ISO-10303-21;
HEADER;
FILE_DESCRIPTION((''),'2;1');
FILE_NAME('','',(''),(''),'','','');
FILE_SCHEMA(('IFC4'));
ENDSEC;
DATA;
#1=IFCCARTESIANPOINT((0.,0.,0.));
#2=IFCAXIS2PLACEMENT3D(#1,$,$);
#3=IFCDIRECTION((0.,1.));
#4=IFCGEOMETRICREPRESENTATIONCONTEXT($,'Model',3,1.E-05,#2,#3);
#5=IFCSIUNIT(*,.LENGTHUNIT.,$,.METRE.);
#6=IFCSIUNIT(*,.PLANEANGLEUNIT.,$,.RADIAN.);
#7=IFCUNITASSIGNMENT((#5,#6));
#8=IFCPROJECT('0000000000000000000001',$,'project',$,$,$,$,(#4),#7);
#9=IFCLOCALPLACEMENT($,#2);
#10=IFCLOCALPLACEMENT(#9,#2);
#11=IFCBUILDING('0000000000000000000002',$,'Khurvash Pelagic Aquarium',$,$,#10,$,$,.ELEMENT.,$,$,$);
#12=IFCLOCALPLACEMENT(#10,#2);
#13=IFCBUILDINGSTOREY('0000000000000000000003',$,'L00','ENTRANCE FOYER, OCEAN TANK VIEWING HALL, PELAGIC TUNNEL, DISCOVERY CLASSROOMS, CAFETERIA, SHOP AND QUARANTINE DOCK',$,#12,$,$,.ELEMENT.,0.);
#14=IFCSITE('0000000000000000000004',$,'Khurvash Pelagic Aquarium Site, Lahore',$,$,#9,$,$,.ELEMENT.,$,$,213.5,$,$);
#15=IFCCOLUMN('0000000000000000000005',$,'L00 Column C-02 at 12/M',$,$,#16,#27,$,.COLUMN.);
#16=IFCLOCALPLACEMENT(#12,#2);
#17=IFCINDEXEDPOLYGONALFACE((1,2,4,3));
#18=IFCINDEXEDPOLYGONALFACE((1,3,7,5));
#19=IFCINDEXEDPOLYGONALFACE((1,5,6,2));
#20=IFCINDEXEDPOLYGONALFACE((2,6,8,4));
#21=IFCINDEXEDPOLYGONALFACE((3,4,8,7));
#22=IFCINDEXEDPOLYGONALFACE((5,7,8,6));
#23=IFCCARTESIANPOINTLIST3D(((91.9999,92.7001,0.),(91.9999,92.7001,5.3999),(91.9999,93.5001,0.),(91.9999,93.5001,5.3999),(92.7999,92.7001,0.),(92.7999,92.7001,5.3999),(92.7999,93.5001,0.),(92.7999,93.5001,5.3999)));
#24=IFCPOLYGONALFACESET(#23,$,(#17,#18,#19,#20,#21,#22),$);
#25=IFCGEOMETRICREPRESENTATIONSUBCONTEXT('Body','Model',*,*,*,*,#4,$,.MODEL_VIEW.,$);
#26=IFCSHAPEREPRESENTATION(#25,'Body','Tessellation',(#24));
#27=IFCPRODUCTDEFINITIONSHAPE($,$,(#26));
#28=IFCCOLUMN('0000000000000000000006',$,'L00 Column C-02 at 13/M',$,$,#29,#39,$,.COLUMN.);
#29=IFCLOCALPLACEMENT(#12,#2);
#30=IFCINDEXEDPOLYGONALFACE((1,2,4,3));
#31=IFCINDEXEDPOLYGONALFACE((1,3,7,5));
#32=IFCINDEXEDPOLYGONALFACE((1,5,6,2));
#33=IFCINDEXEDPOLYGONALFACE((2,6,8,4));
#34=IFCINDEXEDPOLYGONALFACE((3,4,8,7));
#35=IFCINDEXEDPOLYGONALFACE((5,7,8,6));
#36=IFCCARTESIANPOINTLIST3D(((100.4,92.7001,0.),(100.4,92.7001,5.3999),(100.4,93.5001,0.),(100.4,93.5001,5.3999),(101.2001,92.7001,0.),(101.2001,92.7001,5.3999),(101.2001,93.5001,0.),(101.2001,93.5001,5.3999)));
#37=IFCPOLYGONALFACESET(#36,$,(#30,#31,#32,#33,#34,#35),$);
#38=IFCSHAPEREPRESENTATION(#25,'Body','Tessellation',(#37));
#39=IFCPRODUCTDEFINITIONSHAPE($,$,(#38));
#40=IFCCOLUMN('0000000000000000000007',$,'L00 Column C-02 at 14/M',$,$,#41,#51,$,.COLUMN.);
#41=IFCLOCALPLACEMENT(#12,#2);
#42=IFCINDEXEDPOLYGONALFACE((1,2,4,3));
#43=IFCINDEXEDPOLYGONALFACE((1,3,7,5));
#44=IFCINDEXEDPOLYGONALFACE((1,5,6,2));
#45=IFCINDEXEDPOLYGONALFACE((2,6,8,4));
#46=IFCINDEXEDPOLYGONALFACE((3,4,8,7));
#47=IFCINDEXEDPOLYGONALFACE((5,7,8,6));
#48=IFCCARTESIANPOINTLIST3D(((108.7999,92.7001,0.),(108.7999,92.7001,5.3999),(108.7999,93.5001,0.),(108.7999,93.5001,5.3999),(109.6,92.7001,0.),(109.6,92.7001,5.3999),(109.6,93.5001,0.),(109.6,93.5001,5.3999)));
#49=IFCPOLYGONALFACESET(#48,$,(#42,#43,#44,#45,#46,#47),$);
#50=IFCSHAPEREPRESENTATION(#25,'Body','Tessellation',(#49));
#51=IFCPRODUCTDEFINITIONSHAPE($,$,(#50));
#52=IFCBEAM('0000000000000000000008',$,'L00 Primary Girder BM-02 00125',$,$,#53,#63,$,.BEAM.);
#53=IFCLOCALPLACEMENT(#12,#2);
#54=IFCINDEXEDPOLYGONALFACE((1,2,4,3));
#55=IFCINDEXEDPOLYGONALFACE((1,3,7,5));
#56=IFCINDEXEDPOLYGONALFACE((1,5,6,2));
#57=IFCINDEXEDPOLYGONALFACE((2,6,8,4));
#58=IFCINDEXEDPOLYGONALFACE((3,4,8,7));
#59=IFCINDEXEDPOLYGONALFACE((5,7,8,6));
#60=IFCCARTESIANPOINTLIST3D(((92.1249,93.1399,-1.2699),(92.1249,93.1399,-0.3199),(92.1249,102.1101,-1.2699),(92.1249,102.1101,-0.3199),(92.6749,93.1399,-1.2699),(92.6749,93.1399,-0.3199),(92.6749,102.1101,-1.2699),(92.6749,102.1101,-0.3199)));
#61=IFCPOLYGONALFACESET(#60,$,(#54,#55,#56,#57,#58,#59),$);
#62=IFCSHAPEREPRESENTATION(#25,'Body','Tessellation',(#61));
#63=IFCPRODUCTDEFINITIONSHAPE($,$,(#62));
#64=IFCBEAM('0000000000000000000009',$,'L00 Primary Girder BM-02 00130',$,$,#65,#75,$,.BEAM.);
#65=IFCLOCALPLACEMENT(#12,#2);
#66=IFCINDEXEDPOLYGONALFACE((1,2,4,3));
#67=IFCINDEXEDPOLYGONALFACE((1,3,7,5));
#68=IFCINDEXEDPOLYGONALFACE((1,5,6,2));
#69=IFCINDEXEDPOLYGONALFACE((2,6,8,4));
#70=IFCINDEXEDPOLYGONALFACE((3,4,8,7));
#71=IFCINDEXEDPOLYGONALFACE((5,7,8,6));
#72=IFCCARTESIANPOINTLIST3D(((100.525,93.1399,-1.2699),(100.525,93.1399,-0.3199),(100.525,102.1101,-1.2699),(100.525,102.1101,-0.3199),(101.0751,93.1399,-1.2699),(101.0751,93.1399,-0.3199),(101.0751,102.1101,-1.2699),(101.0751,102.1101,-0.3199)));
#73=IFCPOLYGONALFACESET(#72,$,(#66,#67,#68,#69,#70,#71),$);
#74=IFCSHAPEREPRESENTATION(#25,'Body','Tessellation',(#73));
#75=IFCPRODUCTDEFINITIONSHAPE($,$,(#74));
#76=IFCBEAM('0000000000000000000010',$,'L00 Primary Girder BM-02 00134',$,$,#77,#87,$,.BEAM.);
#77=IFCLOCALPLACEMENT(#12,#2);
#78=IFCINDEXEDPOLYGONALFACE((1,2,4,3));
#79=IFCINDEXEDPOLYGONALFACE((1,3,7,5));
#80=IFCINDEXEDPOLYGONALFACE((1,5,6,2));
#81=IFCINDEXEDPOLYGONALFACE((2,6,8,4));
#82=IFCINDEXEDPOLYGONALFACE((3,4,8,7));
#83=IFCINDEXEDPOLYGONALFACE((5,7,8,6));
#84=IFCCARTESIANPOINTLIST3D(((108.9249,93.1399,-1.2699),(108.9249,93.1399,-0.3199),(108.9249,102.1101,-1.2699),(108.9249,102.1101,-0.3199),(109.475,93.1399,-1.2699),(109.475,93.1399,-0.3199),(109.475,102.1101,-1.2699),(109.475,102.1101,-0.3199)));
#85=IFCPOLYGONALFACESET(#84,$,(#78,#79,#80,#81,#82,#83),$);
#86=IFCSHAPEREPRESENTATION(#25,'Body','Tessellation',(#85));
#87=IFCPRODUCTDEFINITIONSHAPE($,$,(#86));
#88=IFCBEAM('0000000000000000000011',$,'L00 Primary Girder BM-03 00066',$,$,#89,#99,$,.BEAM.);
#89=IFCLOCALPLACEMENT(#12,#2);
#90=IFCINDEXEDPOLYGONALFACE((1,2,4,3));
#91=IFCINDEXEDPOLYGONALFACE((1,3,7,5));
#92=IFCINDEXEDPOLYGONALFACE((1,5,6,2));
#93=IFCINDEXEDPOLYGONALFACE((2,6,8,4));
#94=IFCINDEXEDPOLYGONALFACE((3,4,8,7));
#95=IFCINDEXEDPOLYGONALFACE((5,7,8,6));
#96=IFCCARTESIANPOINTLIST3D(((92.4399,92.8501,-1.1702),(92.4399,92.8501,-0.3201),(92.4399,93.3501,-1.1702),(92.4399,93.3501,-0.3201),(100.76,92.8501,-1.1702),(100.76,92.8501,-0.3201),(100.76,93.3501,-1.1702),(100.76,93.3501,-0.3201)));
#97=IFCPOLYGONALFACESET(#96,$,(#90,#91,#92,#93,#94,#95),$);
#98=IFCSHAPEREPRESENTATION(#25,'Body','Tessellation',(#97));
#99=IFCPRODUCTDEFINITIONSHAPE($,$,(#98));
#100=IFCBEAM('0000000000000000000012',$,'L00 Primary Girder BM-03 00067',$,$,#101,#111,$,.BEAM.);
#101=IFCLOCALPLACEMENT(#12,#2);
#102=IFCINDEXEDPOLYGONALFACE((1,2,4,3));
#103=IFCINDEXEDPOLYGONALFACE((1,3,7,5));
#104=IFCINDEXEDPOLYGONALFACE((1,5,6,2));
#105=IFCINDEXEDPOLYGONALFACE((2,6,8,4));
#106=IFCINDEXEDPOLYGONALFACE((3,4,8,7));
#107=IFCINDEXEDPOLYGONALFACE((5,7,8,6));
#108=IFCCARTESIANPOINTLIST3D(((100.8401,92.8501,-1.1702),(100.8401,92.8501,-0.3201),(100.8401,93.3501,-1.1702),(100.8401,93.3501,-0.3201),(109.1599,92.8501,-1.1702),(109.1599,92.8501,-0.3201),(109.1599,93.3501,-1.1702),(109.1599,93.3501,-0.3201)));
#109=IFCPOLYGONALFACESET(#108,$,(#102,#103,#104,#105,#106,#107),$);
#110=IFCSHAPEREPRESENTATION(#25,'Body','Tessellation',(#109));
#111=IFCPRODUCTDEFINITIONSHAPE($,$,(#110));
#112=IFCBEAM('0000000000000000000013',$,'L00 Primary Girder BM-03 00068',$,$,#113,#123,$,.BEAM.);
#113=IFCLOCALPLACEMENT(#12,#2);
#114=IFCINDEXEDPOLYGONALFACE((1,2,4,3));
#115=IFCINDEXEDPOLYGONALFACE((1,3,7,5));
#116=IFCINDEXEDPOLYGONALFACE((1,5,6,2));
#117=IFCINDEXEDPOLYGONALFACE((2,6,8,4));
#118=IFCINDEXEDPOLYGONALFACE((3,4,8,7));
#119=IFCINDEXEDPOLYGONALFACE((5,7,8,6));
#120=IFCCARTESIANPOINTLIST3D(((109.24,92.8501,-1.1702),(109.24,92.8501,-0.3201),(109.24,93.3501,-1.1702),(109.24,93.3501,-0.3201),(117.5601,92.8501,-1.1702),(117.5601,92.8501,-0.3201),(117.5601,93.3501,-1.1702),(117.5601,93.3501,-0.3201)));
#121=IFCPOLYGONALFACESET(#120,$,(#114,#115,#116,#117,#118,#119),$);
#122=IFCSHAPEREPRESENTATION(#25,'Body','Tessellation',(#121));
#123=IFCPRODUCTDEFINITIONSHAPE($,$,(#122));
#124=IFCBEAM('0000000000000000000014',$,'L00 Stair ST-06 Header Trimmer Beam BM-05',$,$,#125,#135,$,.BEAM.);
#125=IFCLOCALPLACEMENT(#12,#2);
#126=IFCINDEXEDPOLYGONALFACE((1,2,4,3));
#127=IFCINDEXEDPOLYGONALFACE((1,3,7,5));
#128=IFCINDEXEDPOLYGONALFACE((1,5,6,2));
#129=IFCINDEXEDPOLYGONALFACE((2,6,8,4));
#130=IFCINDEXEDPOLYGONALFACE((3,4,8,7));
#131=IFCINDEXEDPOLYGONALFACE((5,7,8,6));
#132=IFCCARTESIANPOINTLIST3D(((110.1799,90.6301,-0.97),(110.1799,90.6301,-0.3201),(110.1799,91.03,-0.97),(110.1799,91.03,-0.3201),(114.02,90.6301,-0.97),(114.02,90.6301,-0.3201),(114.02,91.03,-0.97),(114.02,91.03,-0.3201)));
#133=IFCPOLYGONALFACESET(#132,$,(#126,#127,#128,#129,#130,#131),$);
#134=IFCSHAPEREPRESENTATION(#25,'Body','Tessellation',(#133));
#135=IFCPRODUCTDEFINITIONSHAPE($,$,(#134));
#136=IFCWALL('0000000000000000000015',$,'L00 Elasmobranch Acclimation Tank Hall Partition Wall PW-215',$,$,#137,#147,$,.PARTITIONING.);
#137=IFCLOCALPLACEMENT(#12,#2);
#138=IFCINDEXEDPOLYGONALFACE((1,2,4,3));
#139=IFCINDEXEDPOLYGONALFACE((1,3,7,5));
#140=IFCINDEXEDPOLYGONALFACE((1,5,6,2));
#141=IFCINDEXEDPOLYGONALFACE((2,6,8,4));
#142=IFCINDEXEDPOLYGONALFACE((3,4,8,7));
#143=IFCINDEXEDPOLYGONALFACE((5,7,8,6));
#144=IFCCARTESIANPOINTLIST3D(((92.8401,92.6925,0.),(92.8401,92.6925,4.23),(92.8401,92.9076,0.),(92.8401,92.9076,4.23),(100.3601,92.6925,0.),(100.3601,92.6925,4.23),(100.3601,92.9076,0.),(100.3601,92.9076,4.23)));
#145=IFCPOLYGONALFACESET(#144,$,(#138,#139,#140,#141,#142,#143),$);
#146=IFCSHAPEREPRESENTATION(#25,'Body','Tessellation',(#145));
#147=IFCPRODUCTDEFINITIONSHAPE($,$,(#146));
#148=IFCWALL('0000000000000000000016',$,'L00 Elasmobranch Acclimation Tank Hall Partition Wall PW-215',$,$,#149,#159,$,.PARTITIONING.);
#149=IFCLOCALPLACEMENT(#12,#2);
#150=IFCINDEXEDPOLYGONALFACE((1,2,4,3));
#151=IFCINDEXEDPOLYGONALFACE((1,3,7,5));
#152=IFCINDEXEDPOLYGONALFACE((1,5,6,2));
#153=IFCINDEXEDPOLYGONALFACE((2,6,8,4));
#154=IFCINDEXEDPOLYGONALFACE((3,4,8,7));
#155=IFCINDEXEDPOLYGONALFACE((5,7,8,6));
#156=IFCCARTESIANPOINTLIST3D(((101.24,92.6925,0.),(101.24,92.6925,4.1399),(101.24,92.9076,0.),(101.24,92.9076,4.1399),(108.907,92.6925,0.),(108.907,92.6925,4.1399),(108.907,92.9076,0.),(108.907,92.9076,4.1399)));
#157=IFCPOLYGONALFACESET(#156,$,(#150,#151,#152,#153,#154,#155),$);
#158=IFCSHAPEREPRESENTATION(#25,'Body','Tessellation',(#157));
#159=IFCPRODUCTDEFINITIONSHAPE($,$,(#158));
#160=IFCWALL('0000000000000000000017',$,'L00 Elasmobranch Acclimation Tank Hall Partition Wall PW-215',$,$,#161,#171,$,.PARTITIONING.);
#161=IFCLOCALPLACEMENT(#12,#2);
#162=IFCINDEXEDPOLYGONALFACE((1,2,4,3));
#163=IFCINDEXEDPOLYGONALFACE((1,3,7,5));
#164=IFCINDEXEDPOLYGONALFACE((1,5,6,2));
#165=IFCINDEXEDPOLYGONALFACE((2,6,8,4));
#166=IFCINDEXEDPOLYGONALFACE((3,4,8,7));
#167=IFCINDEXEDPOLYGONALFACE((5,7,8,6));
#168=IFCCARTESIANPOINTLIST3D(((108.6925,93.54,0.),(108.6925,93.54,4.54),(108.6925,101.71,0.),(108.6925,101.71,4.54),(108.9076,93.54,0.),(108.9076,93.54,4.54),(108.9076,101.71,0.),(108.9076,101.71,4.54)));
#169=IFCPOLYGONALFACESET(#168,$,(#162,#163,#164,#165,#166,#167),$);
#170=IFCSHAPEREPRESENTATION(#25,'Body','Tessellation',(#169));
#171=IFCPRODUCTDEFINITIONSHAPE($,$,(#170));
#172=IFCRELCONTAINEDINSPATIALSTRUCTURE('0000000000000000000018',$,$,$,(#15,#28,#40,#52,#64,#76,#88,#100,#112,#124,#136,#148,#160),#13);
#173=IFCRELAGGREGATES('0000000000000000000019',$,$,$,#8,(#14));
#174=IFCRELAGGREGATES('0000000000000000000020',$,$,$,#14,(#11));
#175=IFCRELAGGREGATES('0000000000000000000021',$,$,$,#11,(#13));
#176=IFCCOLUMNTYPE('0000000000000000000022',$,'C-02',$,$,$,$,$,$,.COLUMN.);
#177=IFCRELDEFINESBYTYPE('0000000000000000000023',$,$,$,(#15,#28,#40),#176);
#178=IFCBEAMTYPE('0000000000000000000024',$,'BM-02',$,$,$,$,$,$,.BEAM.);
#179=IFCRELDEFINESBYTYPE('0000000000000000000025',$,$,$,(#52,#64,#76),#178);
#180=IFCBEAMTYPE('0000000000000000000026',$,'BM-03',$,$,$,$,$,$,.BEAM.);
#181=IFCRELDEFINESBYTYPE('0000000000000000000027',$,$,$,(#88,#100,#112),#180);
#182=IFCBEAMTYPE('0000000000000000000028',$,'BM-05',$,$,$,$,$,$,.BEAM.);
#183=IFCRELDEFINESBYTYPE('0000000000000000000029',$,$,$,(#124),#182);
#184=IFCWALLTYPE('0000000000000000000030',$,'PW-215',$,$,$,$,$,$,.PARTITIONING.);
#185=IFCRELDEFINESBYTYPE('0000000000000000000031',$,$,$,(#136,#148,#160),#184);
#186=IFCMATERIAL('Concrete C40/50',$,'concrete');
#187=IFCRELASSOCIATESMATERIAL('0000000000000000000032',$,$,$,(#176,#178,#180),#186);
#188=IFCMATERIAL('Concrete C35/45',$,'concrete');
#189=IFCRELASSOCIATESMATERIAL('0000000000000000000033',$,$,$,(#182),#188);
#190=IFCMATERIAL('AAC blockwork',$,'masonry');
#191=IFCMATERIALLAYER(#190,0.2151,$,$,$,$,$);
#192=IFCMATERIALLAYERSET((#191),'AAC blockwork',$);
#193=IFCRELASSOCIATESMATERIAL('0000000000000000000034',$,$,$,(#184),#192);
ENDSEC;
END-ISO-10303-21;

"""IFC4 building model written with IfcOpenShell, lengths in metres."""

from ifc_helpers import new_model, si_unit, direction, frame, frame_2d, origin, origin_2d, place, context, subcontext, project, spatial, rectangle, extrude, material, layer, layer_set, material_profile, profile_set, type_object, element, save


model = new_model("IFC4")

# Units and contexts
model_context = context("Model", 3, precision=1e-05, world=origin(), true_north=direction((0.0, 1.0)))
body_context = subcontext(model_context, "Body", "Model", "MODEL_VIEW")
ifc_project = project(units=[si_unit("LENGTHUNIT", "METRE"), si_unit("PLANEANGLEUNIT", "RADIAN")], contexts=[model_context])

# Site, building, storey
site_placement = place(None, origin())
site = spatial("IfcSite", under=ifc_project, at=site_placement, Name="Khurvash Pelagic Aquarium Site, Lahore", CompositionType="ELEMENT", RefElevation=213.5)
building_placement = place(site_placement, origin())
building = spatial("IfcBuilding", under=site, at=building_placement, Name="Khurvash Pelagic Aquarium", CompositionType="ELEMENT")
storey_placement = place(building_placement, origin())
storey = spatial("IfcBuildingStorey", under=building, at=storey_placement, Name="L00", Description="ENTRANCE FOYER, OCEAN TANK VIEWING HALL, PELAGIC TUNNEL, DISCOVERY CLASSROOMS, CAFETERIA, SHOP AND QUARANTINE DOCK", CompositionType="ELEMENT", Elevation=0.0)

# Columns
ifc_material_1 = material(Name="Concrete C40/50", Category="concrete")
ifc_material_profile_1 = material_profile(ifc_material_1, rectangle(XDim=0.8, YDim=0.8, at=origin_2d()), Name="RC800X800")
ifc_profile_set_1 = profile_set([ifc_material_profile_1], Name="Concrete C40/50")
column_type = type_object("IfcColumnType", Name="C-02", PredefinedType="COLUMN", material=ifc_profile_set_1)
for number, where, z_axis, x_axis, name in (
    (1, (92.3999, 93.1001, 0.0), (0.0, 0.0, 1.0), (1.0, 0.0, 0.0), "L00 Column C-02 at 12/M"),
    (2, (100.8, 93.1001, 0.0), (0.0, 0.0, 1.0), (1.0, 0.0, 0.0), "L00 Column C-02 at 13/M"),
    (3, (109.2, 93.1001, 0.0), (0.0, 0.0, 1.0), (1.0, 0.0, 0.0), "L00 Column C-02 at 14/M"),
):
    element("IfcColumn", number, at=place(storey_placement, frame(where, z_axis=z_axis, x_axis=x_axis)), inside=storey, type_object=column_type, Name=name, PredefinedType="COLUMN", context=body_context, shape_type="SweptSolid", body=[
        extrude(rectangle(XDim=0.8, YDim=0.8, at=origin_2d()), origin(), (0.0, 0.0, 1.0), 5.3999),
    ])

# Beams
ifc_material_profile_2 = material_profile(ifc_material_1, rectangle(XDim=0.55, YDim=0.95, at=origin_2d()), Name="RC550X950")
ifc_profile_set_2 = profile_set([ifc_material_profile_2], Name="Concrete C40/50")
beam_type_1 = type_object("IfcBeamType", Name="BM-02", PredefinedType="BEAM", material=ifc_profile_set_2)
for number, where, z_axis, x_axis, name in (
    (4, (92.3999, 93.1399, -0.7949), (0.0, 1.0, 0.0), (-1.0, 0.0, 0.0), "L00 Primary Girder BM-02 00125"),
    (5, (100.8, 93.1399, -0.7949), (0.0, 1.0, 0.0), (-1.0, 0.0, 0.0), "L00 Primary Girder BM-02 00130"),
    (6, (109.2, 93.1399, -0.7949), (0.0, 1.0, 0.0), (-1.0, 0.0, 0.0), "L00 Primary Girder BM-02 00134"),
):
    element("IfcBeam", number, at=place(storey_placement, frame(where, z_axis=z_axis, x_axis=x_axis)), inside=storey, type_object=beam_type_1, Name=name, PredefinedType="BEAM", context=body_context, shape_type="SweptSolid", body=[
        extrude(rectangle(XDim=0.55, YDim=0.95, at=origin_2d()), origin(), (0.0, 0.0, 1.0), 8.9702),
    ])
ifc_material_profile_3 = material_profile(ifc_material_1, rectangle(XDim=0.5, YDim=0.8501, at=origin_2d()), Name="RC500X850")
ifc_profile_set_3 = profile_set([ifc_material_profile_3], Name="Concrete C40/50")
beam_type_2 = type_object("IfcBeamType", Name="BM-03", PredefinedType="BEAM", material=ifc_profile_set_3)
beam_1_placement = place(storey_placement, frame((92.4399, 93.1001, -0.7451), z_axis=(1.0, 0.0, 0.0), x_axis=(0.0, 1.0, 0.0)))
element("IfcBeam", 7, at=beam_1_placement, inside=storey, type_object=beam_type_2, Name="L00 Primary Girder BM-03 00066", PredefinedType="BEAM", context=body_context, shape_type="SweptSolid", body=[
    extrude(rectangle(XDim=0.5, YDim=0.8501, at=origin_2d()), origin(), (0.0, 0.0, 1.0), 8.3201),
])
beam_2_placement = place(storey_placement, frame((100.8401, 93.1001, -0.7451), z_axis=(1.0, 0.0, 0.0), x_axis=(0.0, 1.0, 0.0)))
element("IfcBeam", 8, at=beam_2_placement, inside=storey, type_object=beam_type_2, Name="L00 Primary Girder BM-03 00067", PredefinedType="BEAM", context=body_context, shape_type="SweptSolid", body=[
    extrude(rectangle(XDim=0.5, YDim=0.8501, at=origin_2d()), origin(), (0.0, 0.0, 1.0), 8.3198),
])
beam_3_placement = place(storey_placement, frame((109.24, 93.1001, -0.7451), z_axis=(1.0, 0.0, 0.0), x_axis=(0.0, 1.0, 0.0)))
element("IfcBeam", 9, at=beam_3_placement, inside=storey, type_object=beam_type_2, Name="L00 Primary Girder BM-03 00068", PredefinedType="BEAM", context=body_context, shape_type="SweptSolid", body=[
    extrude(rectangle(XDim=0.5, YDim=0.8501, at=origin_2d()), origin(), (0.0, 0.0, 1.0), 8.3201),
])
ifc_material_2 = material(Name="Concrete C35/45", Category="concrete")
ifc_material_profile_4 = material_profile(ifc_material_2, rectangle(XDim=0.3999, YDim=0.6499, at=origin_2d()), Name="RC400X650")
ifc_profile_set_4 = profile_set([ifc_material_profile_4], Name="Concrete C35/45")
beam_type_3 = type_object("IfcBeamType", Name="BM-05", PredefinedType="BEAM", material=ifc_profile_set_4)
beam_4_placement = place(storey_placement, frame((110.1799, 90.8301, -0.645), z_axis=(1.0, 0.0, 0.0), x_axis=(0.0, 1.0, 0.0)))
element("IfcBeam", 10, at=beam_4_placement, inside=storey, type_object=beam_type_3, Name="L00 Stair ST-06 Header Trimmer Beam BM-05", PredefinedType="BEAM", context=body_context, shape_type="SweptSolid", body=[
    extrude(rectangle(XDim=0.3999, YDim=0.6499, at=origin_2d()), origin(), (0.0, 0.0, 1.0), 3.8401),
])

# Walls
ifc_material_3 = material(Name="AAC blockwork", Category="masonry")
ifc_layer_1 = layer(ifc_material_3, 0.2151)
ifc_layer_set_1 = layer_set([ifc_layer_1], Name="AAC blockwork")
wall_type_1 = type_object("IfcWallType", Name="PW-215", PredefinedType="PARTITIONING", material=ifc_layer_set_1)
wall_1_placement = place(storey_placement, frame((92.8401, 92.8, 0.0), z_axis=(0.0, 0.0, 1.0), x_axis=(1.0, 0.0, 0.0)))
element("IfcWall", 11, at=wall_1_placement, inside=storey, type_object=wall_type_1, Name="L00 Elasmobranch Acclimation Tank Hall Partition Wall PW-215", PredefinedType="PARTITIONING", context=body_context, shape_type="SweptSolid", body=[
    extrude(rectangle(XDim=7.52, YDim=0.2151, at=frame_2d((3.76, 0.0))), origin(), (0.0, 0.0, 1.0), 4.23),
])
wall_2_placement = place(storey_placement, frame((101.24, 92.8, 0.0), z_axis=(0.0, 0.0, 1.0), x_axis=(1.0, 0.0, 0.0)))
element("IfcWall", 12, at=wall_2_placement, inside=storey, type_object=wall_type_1, Name="L00 Elasmobranch Acclimation Tank Hall Partition Wall PW-215", PredefinedType="PARTITIONING", context=body_context, shape_type="SweptSolid", body=[
    extrude(rectangle(XDim=7.667, YDim=0.2151, at=frame_2d((3.8335, 0.0))), origin(), (0.0, 0.0, 1.0), 4.1399),
])
wall_3_placement = place(storey_placement, frame((108.8, 93.54, 0.0), z_axis=(0.0, 0.0, 1.0), x_axis=(0.0, 1.0, 0.0)))
element("IfcWall", 13, at=wall_3_placement, inside=storey, type_object=wall_type_1, Name="L00 Elasmobranch Acclimation Tank Hall Partition Wall PW-215", PredefinedType="PARTITIONING", context=body_context, shape_type="SweptSolid", body=[
    extrude(rectangle(XDim=8.1699, YDim=0.2151, at=frame_2d((4.085, 0.0))), origin(), (0.0, 0.0, 1.0), 4.54),
])

save(model, "model.ifc")
